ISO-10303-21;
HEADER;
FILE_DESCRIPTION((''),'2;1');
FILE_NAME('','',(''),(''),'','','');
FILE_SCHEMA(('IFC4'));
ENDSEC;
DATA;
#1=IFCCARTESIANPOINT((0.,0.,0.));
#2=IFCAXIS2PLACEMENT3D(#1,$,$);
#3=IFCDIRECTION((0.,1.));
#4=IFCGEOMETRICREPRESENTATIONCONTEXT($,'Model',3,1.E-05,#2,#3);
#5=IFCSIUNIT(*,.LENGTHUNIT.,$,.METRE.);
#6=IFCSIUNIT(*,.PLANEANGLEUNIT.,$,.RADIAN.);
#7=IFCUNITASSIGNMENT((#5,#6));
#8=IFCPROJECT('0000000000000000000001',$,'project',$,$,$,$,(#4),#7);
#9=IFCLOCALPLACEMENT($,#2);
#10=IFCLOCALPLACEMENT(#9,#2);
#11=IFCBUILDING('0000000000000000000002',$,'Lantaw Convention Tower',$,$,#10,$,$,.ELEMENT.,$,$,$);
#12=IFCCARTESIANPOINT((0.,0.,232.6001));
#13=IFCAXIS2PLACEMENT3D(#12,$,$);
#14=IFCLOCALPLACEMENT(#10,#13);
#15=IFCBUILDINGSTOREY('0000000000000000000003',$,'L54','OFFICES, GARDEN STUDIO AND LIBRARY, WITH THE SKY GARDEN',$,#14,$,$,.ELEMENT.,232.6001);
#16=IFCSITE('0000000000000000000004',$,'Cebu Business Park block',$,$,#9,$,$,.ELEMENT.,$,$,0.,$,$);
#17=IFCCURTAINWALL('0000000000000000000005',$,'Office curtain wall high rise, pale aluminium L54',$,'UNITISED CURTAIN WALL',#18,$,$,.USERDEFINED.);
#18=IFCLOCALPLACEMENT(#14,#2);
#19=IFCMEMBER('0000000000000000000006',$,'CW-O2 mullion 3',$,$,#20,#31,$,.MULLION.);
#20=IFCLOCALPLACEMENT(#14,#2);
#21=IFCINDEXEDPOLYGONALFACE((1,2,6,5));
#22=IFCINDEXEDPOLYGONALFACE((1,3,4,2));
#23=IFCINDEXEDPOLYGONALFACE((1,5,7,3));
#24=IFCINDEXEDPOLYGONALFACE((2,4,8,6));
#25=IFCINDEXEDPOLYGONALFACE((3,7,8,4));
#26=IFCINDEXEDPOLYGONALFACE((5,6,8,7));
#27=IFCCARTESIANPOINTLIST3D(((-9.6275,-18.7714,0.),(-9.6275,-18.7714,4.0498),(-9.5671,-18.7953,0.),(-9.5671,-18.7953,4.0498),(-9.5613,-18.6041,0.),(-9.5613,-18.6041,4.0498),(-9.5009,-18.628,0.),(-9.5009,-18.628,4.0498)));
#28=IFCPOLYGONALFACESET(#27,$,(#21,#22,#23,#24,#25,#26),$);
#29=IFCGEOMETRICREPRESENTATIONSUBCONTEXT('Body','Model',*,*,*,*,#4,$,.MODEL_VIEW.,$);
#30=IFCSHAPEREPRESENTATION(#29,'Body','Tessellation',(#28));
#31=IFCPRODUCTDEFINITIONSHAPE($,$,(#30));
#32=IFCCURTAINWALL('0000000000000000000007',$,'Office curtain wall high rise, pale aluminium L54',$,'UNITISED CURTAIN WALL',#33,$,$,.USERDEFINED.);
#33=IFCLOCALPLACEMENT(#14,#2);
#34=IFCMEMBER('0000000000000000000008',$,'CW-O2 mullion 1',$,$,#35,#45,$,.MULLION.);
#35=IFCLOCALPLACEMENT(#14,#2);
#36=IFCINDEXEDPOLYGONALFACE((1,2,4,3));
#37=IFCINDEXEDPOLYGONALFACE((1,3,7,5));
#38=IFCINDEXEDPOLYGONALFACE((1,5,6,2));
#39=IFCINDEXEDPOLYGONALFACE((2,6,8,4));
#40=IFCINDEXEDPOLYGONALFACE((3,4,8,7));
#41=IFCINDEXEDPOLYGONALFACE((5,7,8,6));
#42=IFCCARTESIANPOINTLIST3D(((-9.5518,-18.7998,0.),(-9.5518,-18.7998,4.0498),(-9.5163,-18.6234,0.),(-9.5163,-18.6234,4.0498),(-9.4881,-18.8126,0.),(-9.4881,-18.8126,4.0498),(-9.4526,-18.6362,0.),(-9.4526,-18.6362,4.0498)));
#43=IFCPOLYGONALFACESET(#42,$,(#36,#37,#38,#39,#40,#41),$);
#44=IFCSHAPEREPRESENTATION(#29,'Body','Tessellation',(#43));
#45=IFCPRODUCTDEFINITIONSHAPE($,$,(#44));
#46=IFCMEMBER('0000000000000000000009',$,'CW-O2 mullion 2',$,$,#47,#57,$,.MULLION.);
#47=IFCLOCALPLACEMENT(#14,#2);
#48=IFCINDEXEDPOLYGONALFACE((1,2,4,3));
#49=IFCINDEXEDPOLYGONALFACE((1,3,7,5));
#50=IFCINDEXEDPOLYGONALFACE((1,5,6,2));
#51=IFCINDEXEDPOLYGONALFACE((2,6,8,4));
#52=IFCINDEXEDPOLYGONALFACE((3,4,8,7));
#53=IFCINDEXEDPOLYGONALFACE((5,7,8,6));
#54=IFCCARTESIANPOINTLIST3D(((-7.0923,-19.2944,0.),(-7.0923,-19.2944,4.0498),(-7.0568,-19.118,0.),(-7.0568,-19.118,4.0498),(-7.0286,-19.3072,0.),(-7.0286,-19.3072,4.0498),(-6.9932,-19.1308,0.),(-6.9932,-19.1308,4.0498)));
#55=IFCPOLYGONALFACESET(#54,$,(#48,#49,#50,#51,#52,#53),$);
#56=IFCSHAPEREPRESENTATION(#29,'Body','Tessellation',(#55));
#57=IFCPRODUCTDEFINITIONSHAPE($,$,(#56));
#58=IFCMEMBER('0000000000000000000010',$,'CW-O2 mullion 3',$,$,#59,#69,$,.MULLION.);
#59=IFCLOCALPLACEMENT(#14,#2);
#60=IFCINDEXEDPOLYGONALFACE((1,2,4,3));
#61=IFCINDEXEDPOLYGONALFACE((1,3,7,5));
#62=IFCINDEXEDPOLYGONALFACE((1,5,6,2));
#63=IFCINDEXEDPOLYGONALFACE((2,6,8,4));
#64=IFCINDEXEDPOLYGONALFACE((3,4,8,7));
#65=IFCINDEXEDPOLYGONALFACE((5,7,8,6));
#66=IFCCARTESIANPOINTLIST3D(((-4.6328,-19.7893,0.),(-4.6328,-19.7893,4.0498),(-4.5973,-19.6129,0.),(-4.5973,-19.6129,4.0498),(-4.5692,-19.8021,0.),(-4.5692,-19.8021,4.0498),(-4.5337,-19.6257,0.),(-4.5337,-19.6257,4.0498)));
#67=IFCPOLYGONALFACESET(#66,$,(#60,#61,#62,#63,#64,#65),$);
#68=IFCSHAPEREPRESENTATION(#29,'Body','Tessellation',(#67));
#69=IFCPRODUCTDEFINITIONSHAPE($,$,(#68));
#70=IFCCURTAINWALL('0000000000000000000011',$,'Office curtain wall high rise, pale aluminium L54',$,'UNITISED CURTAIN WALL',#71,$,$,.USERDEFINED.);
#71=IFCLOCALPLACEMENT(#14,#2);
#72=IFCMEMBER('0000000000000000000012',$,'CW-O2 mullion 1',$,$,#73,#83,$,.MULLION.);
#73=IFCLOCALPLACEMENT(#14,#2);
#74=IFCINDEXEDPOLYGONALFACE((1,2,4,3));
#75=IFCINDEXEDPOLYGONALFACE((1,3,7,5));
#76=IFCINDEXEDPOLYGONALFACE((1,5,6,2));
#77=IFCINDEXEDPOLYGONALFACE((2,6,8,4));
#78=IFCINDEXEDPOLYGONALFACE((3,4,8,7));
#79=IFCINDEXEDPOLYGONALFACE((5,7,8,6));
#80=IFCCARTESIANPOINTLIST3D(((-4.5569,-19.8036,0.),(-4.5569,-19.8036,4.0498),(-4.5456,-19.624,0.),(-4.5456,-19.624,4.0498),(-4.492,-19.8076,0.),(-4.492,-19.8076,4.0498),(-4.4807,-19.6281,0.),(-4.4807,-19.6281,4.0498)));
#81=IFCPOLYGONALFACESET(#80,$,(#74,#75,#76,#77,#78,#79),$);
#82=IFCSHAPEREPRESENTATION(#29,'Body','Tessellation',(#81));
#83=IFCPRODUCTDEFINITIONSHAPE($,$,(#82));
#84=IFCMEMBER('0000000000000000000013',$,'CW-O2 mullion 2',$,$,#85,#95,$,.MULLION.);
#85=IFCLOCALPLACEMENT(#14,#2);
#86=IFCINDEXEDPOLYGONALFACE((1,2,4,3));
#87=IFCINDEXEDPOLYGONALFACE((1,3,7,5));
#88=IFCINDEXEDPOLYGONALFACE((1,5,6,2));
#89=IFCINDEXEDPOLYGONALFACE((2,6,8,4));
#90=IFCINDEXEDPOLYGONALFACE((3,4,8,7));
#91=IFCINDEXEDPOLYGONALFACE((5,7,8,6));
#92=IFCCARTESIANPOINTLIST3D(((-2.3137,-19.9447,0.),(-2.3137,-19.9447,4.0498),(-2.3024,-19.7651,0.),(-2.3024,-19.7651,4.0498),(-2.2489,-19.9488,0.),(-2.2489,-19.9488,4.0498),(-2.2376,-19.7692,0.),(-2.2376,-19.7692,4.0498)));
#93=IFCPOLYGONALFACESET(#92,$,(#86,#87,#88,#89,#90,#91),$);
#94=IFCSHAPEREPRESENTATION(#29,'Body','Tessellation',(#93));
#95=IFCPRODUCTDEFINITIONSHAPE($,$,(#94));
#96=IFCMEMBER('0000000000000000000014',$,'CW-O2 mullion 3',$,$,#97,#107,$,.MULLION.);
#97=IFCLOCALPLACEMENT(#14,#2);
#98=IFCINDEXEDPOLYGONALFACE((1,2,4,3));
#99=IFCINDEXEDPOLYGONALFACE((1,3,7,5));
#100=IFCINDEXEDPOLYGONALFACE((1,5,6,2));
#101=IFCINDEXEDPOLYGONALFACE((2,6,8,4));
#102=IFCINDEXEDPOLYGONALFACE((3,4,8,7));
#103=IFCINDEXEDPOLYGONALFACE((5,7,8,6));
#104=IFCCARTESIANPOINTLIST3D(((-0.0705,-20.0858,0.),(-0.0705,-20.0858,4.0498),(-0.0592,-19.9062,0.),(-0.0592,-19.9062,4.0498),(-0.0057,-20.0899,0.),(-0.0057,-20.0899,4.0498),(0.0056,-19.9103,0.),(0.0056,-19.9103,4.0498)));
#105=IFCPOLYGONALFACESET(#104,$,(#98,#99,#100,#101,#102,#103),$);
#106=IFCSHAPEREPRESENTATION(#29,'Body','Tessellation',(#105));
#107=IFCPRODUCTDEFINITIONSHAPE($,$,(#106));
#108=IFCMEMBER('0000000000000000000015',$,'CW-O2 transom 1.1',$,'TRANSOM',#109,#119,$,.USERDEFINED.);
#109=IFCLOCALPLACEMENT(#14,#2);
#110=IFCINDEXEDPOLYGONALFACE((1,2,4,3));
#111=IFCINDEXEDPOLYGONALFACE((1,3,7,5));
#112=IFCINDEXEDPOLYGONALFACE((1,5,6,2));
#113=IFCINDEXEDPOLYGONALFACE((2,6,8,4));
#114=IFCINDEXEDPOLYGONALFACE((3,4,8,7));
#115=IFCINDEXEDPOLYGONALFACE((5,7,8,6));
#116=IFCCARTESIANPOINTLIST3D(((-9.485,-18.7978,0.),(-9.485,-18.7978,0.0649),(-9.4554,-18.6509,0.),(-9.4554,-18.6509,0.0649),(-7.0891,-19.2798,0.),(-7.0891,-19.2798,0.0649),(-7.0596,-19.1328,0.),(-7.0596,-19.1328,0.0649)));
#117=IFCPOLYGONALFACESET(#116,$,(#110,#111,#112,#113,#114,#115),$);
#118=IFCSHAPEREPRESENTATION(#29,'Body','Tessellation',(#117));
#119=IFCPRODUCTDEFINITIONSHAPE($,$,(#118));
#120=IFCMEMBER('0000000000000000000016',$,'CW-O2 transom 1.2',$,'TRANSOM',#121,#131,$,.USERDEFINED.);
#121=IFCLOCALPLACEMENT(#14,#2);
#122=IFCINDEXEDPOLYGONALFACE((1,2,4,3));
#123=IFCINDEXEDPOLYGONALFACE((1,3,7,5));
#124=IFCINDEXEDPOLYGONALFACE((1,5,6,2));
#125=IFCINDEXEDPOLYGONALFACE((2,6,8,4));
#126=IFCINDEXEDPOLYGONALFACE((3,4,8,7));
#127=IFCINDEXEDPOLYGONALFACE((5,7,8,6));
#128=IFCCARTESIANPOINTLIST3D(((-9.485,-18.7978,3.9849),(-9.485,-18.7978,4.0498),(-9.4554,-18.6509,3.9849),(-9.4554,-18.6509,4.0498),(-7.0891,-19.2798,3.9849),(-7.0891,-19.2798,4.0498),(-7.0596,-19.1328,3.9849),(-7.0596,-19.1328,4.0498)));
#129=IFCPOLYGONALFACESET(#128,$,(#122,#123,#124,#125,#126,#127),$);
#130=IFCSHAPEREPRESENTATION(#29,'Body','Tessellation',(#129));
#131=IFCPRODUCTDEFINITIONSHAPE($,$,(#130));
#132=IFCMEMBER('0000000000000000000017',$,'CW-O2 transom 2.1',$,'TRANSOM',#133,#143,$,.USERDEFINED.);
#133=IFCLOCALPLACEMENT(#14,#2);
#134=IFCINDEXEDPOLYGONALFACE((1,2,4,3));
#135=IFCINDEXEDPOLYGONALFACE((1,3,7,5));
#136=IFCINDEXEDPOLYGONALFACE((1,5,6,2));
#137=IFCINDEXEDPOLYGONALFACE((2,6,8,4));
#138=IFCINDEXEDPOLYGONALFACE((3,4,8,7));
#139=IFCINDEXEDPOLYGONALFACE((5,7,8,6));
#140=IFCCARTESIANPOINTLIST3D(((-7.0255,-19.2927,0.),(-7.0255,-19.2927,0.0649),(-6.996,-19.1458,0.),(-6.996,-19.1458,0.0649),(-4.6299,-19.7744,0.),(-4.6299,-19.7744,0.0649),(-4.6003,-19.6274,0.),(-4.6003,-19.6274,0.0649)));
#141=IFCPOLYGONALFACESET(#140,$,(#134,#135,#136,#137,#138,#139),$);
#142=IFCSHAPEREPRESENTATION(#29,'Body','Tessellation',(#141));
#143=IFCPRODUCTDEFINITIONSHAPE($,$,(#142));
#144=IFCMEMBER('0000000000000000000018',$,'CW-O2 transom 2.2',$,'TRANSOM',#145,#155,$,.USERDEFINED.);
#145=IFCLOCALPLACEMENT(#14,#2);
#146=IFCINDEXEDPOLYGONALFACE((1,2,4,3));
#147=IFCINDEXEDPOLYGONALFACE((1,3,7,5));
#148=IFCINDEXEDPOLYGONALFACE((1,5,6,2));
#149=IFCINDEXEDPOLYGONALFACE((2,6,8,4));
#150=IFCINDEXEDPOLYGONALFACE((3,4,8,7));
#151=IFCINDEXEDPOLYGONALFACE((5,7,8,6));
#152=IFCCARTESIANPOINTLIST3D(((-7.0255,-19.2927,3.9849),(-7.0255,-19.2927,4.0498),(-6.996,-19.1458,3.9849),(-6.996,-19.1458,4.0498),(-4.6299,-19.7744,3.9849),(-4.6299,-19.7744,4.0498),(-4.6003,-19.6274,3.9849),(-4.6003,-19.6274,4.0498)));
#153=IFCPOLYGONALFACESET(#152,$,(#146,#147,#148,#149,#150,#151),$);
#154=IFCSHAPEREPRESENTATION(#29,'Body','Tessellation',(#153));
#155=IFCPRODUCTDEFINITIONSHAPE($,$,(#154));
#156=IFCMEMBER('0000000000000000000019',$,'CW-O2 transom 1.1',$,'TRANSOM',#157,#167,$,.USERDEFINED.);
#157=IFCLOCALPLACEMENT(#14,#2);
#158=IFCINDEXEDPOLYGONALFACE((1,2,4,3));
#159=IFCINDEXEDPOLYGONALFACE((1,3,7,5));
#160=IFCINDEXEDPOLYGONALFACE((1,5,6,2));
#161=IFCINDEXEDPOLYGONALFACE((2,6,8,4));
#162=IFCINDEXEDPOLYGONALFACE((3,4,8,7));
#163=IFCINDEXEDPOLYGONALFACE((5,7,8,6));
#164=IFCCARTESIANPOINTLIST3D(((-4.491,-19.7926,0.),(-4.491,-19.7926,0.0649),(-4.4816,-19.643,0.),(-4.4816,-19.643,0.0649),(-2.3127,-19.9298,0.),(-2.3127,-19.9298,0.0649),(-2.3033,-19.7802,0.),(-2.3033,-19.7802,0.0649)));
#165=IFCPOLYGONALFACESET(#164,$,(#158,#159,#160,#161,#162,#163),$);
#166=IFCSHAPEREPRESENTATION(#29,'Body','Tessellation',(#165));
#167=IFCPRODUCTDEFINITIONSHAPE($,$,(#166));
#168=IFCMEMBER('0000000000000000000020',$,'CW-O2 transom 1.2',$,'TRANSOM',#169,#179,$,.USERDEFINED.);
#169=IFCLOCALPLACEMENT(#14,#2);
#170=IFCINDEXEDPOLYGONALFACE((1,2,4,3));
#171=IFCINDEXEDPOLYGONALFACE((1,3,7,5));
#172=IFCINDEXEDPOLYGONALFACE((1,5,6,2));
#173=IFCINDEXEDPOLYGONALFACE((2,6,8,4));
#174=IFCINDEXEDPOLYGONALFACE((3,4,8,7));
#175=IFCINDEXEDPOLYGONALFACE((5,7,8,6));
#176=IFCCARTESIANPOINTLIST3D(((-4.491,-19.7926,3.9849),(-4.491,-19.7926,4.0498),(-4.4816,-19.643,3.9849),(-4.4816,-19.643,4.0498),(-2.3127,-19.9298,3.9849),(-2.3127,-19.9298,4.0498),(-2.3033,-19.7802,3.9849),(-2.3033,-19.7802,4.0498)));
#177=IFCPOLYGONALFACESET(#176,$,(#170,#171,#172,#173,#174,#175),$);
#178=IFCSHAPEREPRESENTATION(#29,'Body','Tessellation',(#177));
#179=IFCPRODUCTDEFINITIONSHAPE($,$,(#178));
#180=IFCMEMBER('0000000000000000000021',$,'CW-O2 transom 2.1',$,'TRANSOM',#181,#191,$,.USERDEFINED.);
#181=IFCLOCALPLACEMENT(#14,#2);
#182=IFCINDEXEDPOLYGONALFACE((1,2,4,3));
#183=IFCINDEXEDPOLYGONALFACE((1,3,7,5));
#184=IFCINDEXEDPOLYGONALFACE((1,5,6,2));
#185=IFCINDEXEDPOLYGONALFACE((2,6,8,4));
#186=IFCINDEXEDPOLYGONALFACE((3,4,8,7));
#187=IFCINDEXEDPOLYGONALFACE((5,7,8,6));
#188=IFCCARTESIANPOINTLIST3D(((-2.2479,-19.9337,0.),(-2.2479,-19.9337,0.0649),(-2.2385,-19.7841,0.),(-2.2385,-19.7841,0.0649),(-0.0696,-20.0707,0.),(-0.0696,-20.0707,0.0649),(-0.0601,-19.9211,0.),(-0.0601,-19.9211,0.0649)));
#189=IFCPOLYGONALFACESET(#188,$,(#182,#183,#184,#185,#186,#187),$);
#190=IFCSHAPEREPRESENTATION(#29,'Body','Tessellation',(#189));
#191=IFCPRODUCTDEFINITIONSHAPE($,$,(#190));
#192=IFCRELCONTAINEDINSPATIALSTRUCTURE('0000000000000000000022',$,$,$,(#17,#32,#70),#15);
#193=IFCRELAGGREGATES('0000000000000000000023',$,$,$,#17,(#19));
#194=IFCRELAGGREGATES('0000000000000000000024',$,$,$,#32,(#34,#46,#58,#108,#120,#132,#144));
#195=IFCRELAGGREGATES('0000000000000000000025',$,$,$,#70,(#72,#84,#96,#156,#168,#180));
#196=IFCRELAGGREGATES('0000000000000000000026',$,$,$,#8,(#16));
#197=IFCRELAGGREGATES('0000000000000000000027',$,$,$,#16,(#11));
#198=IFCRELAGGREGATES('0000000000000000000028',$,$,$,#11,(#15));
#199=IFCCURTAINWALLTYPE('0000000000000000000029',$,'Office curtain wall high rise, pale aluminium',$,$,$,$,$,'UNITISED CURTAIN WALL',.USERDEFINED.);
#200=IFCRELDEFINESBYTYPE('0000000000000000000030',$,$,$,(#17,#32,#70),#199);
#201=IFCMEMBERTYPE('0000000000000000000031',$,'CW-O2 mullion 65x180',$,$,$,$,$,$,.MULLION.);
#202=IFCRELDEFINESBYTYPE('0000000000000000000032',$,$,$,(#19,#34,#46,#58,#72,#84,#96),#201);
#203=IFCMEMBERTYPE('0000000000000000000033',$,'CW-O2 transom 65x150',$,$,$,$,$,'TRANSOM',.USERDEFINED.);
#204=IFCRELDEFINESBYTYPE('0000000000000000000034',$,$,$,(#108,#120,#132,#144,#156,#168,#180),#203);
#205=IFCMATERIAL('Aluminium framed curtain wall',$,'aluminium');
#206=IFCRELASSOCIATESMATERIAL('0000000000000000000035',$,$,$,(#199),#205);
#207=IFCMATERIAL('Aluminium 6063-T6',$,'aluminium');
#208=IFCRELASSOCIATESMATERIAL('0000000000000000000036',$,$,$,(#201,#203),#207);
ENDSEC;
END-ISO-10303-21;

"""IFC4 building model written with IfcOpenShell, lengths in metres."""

from ifc_helpers import new_model, si_unit, direction, frame, origin, origin_2d, place, context, subcontext, project, spatial, rectangle, extrude, material, material_profile, profile_set, type_object, element, aggregate, save


model = new_model("IFC4")

# Units and contexts
model_context = context("Model", 3, precision=1e-05, world=origin(), true_north=direction((0.0, 1.0)))
body_context = subcontext(model_context, "Body", "Model", "MODEL_VIEW")
ifc_project = project(units=[si_unit("LENGTHUNIT", "METRE"), si_unit("PLANEANGLEUNIT", "RADIAN")], contexts=[model_context])

# Site, building, storey
site_placement = place(None, origin())
site = spatial("IfcSite", under=ifc_project, at=site_placement, Name="Cebu Business Park block", CompositionType="ELEMENT", RefElevation=0.0)
building_placement = place(site_placement, origin())
building = spatial("IfcBuilding", under=site, at=building_placement, Name="Lantaw Convention Tower", CompositionType="ELEMENT")
storey_placement = place(building_placement, frame((0.0, 0.0, 232.6001)))
storey = spatial("IfcBuildingStorey", under=building, at=storey_placement, Name="L54", Description="OFFICES, GARDEN STUDIO AND LIBRARY, WITH THE SKY GARDEN", CompositionType="ELEMENT", Elevation=232.6001)

# Curtain wall, member
ifc_material_1 = material(Name="Aluminium framed curtain wall", Category="aluminium")
curtain_wall_type = type_object("IfcCurtainWallType", Name="Office curtain wall high rise, pale aluminium", ElementType="UNITISED CURTAIN WALL", PredefinedType="USERDEFINED", material=ifc_material_1)
curtain_wall_1_placement = place(storey_placement, origin())
curtain_wall_1 = element("IfcCurtainWall", 1, at=curtain_wall_1_placement, inside=storey, type_object=curtain_wall_type, Name="Office curtain wall high rise, pale aluminium L54", ObjectType="UNITISED CURTAIN WALL", PredefinedType="USERDEFINED")
ifc_material_2 = material(Name="Aluminium 6063-T6", Category="aluminium")
ifc_material_profile_1 = material_profile(ifc_material_2, rectangle(XDim=0.1799, YDim=0.0649, at=origin_2d()), Name="CW-O2 mullion 65x180")
ifc_profile_set_1 = profile_set([ifc_material_profile_1], Name="Aluminium 6063-T6")
member_type_1 = type_object("IfcMemberType", Name="CW-O2 mullion 65x180", PredefinedType="MULLION", material=ifc_profile_set_1)
member_1_placement = place(storey_placement, frame((-9.5642, -18.6997, 0.0), z_axis=(0.0, 0.0, 1.0), x_axis=(0.368162, 0.929762, 0.0)))
member_1 = element("IfcMember", 2, at=member_1_placement, type_object=member_type_1, Name="CW-O2 mullion 3", PredefinedType="MULLION", context=body_context, shape_type="SweptSolid", body=[
    extrude(rectangle(XDim=0.1799, YDim=0.0649, at=origin_2d()), origin(), (0.0, 0.0, 1.0), 4.0498),
])

# Curtain walls, members
curtain_wall_2_placement = place(storey_placement, origin())
curtain_wall_2 = element("IfcCurtainWall", 3, at=curtain_wall_2_placement, inside=storey, type_object=curtain_wall_type, Name="Office curtain wall high rise, pale aluminium L54", ObjectType="UNITISED CURTAIN WALL", PredefinedType="USERDEFINED")
member_2_placement = place(storey_placement, frame((-9.5022, -18.718, 0.0), z_axis=(0.0, 0.0, 1.0), x_axis=(0.197183, 0.980367, 0.0)))
member_2 = element("IfcMember", 4, at=member_2_placement, type_object=member_type_1, Name="CW-O2 mullion 1", PredefinedType="MULLION", context=body_context, shape_type="SweptSolid", body=[
    extrude(rectangle(XDim=0.1799, YDim=0.0649, at=origin_2d()), origin(), (0.0, 0.0, 1.0), 4.0498),
])
member_3_placement = place(storey_placement, frame((-7.0427, -19.2126, 0.0), z_axis=(0.0, 0.0, 1.0), x_axis=(0.197183, 0.980367, 0.0)))
member_3 = element("IfcMember", 5, at=member_3_placement, type_object=member_type_1, Name="CW-O2 mullion 2", PredefinedType="MULLION", context=body_context, shape_type="SweptSolid", body=[
    extrude(rectangle(XDim=0.1799, YDim=0.0649, at=origin_2d()), origin(), (0.0, 0.0, 1.0), 4.0498),
])
member_4_placement = place(storey_placement, frame((-4.5833, -19.7075, 0.0), z_axis=(0.0, 0.0, 1.0), x_axis=(0.197183, 0.980367, 0.0)))
member_4 = element("IfcMember", 6, at=member_4_placement, type_object=member_type_1, Name="CW-O2 mullion 3", PredefinedType="MULLION", context=body_context, shape_type="SweptSolid", body=[
    extrude(rectangle(XDim=0.1799, YDim=0.0649, at=origin_2d()), origin(), (0.0, 0.0, 1.0), 4.0498),
])
curtain_wall_3_placement = place(storey_placement, origin())
curtain_wall_3 = element("IfcCurtainWall", 7, at=curtain_wall_3_placement, inside=storey, type_object=curtain_wall_type, Name="Office curtain wall high rise, pale aluminium L54", ObjectType="UNITISED CURTAIN WALL", PredefinedType="USERDEFINED")
member_5_placement = place(storey_placement, frame((-4.5188, -19.7158, 0.0), z_axis=(0.0, 0.0, 1.0), x_axis=(0.062758, 0.998029, 0.0)))
member_5 = element("IfcMember", 8, at=member_5_placement, type_object=member_type_1, Name="CW-O2 mullion 1", PredefinedType="MULLION", context=body_context, shape_type="SweptSolid", body=[
    extrude(rectangle(XDim=0.1799, YDim=0.0649, at=origin_2d()), origin(), (0.0, 0.0, 1.0), 4.0498),
])
member_6_placement = place(storey_placement, frame((-2.2756, -19.8569, 0.0), z_axis=(0.0, 0.0, 1.0), x_axis=(0.062758, 0.998029, 0.0)))
member_6 = element("IfcMember", 9, at=member_6_placement, type_object=member_type_1, Name="CW-O2 mullion 2", PredefinedType="MULLION", context=body_context, shape_type="SweptSolid", body=[
    extrude(rectangle(XDim=0.1799, YDim=0.0649, at=origin_2d()), origin(), (0.0, 0.0, 1.0), 4.0498),
])
member_7_placement = place(storey_placement, frame((-0.0325, -19.998, 0.0), z_axis=(0.0, 0.0, 1.0), x_axis=(0.062758, 0.998029, 0.0)))
member_7 = element("IfcMember", 10, at=member_7_placement, type_object=member_type_1, Name="CW-O2 mullion 3", PredefinedType="MULLION", context=body_context, shape_type="SweptSolid", body=[
    extrude(rectangle(XDim=0.1799, YDim=0.0649, at=origin_2d()), origin(), (0.0, 0.0, 1.0), 4.0498),
])

# Members
ifc_material_profile_2 = material_profile(ifc_material_2, rectangle(XDim=0.1499, YDim=0.0649, at=origin_2d()), Name="CW-O2 transom 65x150")
ifc_profile_set_2 = profile_set([ifc_material_profile_2], Name="Aluminium 6063-T6")
member_type_2 = type_object("IfcMemberType", Name="CW-O2 transom 65x150", ElementType="TRANSOM", PredefinedType="USERDEFINED", material=ifc_profile_set_2)
member_8_placement = place(storey_placement, frame((-9.4702, -18.7244, 0.0325), z_axis=(0.980361, -0.197211, 0.0), x_axis=(0.197211, 0.980361, 0.0)))
member_8 = element("IfcMember", 11, at=member_8_placement, type_object=member_type_2, Name="CW-O2 transom 1.1", ObjectType="TRANSOM", PredefinedType="USERDEFINED", context=body_context, shape_type="SweptSolid", body=[
    extrude(rectangle(XDim=0.1499, YDim=0.0649, at=origin_2d()), origin(), (0.0, 0.0, 1.0), 2.4438),
])
member_9_placement = place(storey_placement, frame((-9.4702, -18.7244, 4.0173), z_axis=(0.980361, -0.197211, 0.0), x_axis=(0.197211, 0.980361, 0.0)))
member_9 = element("IfcMember", 12, at=member_9_placement, type_object=member_type_2, Name="CW-O2 transom 1.2", ObjectType="TRANSOM", PredefinedType="USERDEFINED", context=body_context, shape_type="SweptSolid", body=[
    extrude(rectangle(XDim=0.1499, YDim=0.0649, at=origin_2d()), origin(), (0.0, 0.0, 1.0), 2.4438),
])
member_10_placement = place(storey_placement, frame((-7.0107, -19.2192, 0.0325), z_axis=(0.98038, -0.197115, 0.0), x_axis=(0.197115, 0.98038, 0.0)))
member_10 = element("IfcMember", 13, at=member_10_placement, type_object=member_type_2, Name="CW-O2 transom 2.1", ObjectType="TRANSOM", PredefinedType="USERDEFINED", context=body_context, shape_type="SweptSolid", body=[
    extrude(rectangle(XDim=0.1499, YDim=0.0649, at=origin_2d()), origin(), (0.0, 0.0, 1.0), 2.4436),
])
member_11_placement = place(storey_placement, frame((-7.0107, -19.2192, 4.0173), z_axis=(0.98038, -0.197115, 0.0), x_axis=(0.197115, 0.98038, 0.0)))
member_11 = element("IfcMember", 14, at=member_11_placement, type_object=member_type_2, Name="CW-O2 transom 2.2", ObjectType="TRANSOM", PredefinedType="USERDEFINED", context=body_context, shape_type="SweptSolid", body=[
    extrude(rectangle(XDim=0.1499, YDim=0.0649, at=origin_2d()), origin(), (0.0, 0.0, 1.0), 2.4436),
])
member_12_placement = place(storey_placement, frame((-4.4863, -19.7178, 0.0325), z_axis=(0.998022, -0.062866, 0.0), x_axis=(0.062866, 0.998022, 0.0)))
member_12 = element("IfcMember", 15, at=member_12_placement, type_object=member_type_2, Name="CW-O2 transom 1.1", ObjectType="TRANSOM", PredefinedType="USERDEFINED", context=body_context, shape_type="SweptSolid", body=[
    extrude(rectangle(XDim=0.1499, YDim=0.0649, at=origin_2d()), origin(), (0.0, 0.0, 1.0), 2.1826),
])
member_13_placement = place(storey_placement, frame((-4.4863, -19.7178, 4.0173), z_axis=(0.998022, -0.062866, 0.0), x_axis=(0.062866, 0.998022, 0.0)))
member_13 = element("IfcMember", 16, at=member_13_placement, type_object=member_type_2, Name="CW-O2 transom 1.2", ObjectType="TRANSOM", PredefinedType="USERDEFINED", context=body_context, shape_type="SweptSolid", body=[
    extrude(rectangle(XDim=0.1499, YDim=0.0649, at=origin_2d()), origin(), (0.0, 0.0, 1.0), 2.1826),
])
member_14_placement = place(storey_placement, frame((-2.2432, -19.8589, 0.0325), z_axis=(0.998029, -0.062754, 0.0), x_axis=(0.062754, 0.998029, 0.0)))
member_14 = element("IfcMember", 17, at=member_14_placement, type_object=member_type_2, Name="CW-O2 transom 2.1", ObjectType="TRANSOM", PredefinedType="USERDEFINED", context=body_context, shape_type="SweptSolid", body=[
    extrude(rectangle(XDim=0.1499, YDim=0.0649, at=origin_2d()), origin(), (0.0, 0.0, 1.0), 2.1826),
])

aggregate(curtain_wall_1, [member_1])
aggregate(curtain_wall_2, [member_2, member_3, member_4, member_8, member_9, member_10, member_11])
aggregate(curtain_wall_3, [member_5, member_6, member_7, member_12, member_13, member_14])

save(model, "model.ifc")
